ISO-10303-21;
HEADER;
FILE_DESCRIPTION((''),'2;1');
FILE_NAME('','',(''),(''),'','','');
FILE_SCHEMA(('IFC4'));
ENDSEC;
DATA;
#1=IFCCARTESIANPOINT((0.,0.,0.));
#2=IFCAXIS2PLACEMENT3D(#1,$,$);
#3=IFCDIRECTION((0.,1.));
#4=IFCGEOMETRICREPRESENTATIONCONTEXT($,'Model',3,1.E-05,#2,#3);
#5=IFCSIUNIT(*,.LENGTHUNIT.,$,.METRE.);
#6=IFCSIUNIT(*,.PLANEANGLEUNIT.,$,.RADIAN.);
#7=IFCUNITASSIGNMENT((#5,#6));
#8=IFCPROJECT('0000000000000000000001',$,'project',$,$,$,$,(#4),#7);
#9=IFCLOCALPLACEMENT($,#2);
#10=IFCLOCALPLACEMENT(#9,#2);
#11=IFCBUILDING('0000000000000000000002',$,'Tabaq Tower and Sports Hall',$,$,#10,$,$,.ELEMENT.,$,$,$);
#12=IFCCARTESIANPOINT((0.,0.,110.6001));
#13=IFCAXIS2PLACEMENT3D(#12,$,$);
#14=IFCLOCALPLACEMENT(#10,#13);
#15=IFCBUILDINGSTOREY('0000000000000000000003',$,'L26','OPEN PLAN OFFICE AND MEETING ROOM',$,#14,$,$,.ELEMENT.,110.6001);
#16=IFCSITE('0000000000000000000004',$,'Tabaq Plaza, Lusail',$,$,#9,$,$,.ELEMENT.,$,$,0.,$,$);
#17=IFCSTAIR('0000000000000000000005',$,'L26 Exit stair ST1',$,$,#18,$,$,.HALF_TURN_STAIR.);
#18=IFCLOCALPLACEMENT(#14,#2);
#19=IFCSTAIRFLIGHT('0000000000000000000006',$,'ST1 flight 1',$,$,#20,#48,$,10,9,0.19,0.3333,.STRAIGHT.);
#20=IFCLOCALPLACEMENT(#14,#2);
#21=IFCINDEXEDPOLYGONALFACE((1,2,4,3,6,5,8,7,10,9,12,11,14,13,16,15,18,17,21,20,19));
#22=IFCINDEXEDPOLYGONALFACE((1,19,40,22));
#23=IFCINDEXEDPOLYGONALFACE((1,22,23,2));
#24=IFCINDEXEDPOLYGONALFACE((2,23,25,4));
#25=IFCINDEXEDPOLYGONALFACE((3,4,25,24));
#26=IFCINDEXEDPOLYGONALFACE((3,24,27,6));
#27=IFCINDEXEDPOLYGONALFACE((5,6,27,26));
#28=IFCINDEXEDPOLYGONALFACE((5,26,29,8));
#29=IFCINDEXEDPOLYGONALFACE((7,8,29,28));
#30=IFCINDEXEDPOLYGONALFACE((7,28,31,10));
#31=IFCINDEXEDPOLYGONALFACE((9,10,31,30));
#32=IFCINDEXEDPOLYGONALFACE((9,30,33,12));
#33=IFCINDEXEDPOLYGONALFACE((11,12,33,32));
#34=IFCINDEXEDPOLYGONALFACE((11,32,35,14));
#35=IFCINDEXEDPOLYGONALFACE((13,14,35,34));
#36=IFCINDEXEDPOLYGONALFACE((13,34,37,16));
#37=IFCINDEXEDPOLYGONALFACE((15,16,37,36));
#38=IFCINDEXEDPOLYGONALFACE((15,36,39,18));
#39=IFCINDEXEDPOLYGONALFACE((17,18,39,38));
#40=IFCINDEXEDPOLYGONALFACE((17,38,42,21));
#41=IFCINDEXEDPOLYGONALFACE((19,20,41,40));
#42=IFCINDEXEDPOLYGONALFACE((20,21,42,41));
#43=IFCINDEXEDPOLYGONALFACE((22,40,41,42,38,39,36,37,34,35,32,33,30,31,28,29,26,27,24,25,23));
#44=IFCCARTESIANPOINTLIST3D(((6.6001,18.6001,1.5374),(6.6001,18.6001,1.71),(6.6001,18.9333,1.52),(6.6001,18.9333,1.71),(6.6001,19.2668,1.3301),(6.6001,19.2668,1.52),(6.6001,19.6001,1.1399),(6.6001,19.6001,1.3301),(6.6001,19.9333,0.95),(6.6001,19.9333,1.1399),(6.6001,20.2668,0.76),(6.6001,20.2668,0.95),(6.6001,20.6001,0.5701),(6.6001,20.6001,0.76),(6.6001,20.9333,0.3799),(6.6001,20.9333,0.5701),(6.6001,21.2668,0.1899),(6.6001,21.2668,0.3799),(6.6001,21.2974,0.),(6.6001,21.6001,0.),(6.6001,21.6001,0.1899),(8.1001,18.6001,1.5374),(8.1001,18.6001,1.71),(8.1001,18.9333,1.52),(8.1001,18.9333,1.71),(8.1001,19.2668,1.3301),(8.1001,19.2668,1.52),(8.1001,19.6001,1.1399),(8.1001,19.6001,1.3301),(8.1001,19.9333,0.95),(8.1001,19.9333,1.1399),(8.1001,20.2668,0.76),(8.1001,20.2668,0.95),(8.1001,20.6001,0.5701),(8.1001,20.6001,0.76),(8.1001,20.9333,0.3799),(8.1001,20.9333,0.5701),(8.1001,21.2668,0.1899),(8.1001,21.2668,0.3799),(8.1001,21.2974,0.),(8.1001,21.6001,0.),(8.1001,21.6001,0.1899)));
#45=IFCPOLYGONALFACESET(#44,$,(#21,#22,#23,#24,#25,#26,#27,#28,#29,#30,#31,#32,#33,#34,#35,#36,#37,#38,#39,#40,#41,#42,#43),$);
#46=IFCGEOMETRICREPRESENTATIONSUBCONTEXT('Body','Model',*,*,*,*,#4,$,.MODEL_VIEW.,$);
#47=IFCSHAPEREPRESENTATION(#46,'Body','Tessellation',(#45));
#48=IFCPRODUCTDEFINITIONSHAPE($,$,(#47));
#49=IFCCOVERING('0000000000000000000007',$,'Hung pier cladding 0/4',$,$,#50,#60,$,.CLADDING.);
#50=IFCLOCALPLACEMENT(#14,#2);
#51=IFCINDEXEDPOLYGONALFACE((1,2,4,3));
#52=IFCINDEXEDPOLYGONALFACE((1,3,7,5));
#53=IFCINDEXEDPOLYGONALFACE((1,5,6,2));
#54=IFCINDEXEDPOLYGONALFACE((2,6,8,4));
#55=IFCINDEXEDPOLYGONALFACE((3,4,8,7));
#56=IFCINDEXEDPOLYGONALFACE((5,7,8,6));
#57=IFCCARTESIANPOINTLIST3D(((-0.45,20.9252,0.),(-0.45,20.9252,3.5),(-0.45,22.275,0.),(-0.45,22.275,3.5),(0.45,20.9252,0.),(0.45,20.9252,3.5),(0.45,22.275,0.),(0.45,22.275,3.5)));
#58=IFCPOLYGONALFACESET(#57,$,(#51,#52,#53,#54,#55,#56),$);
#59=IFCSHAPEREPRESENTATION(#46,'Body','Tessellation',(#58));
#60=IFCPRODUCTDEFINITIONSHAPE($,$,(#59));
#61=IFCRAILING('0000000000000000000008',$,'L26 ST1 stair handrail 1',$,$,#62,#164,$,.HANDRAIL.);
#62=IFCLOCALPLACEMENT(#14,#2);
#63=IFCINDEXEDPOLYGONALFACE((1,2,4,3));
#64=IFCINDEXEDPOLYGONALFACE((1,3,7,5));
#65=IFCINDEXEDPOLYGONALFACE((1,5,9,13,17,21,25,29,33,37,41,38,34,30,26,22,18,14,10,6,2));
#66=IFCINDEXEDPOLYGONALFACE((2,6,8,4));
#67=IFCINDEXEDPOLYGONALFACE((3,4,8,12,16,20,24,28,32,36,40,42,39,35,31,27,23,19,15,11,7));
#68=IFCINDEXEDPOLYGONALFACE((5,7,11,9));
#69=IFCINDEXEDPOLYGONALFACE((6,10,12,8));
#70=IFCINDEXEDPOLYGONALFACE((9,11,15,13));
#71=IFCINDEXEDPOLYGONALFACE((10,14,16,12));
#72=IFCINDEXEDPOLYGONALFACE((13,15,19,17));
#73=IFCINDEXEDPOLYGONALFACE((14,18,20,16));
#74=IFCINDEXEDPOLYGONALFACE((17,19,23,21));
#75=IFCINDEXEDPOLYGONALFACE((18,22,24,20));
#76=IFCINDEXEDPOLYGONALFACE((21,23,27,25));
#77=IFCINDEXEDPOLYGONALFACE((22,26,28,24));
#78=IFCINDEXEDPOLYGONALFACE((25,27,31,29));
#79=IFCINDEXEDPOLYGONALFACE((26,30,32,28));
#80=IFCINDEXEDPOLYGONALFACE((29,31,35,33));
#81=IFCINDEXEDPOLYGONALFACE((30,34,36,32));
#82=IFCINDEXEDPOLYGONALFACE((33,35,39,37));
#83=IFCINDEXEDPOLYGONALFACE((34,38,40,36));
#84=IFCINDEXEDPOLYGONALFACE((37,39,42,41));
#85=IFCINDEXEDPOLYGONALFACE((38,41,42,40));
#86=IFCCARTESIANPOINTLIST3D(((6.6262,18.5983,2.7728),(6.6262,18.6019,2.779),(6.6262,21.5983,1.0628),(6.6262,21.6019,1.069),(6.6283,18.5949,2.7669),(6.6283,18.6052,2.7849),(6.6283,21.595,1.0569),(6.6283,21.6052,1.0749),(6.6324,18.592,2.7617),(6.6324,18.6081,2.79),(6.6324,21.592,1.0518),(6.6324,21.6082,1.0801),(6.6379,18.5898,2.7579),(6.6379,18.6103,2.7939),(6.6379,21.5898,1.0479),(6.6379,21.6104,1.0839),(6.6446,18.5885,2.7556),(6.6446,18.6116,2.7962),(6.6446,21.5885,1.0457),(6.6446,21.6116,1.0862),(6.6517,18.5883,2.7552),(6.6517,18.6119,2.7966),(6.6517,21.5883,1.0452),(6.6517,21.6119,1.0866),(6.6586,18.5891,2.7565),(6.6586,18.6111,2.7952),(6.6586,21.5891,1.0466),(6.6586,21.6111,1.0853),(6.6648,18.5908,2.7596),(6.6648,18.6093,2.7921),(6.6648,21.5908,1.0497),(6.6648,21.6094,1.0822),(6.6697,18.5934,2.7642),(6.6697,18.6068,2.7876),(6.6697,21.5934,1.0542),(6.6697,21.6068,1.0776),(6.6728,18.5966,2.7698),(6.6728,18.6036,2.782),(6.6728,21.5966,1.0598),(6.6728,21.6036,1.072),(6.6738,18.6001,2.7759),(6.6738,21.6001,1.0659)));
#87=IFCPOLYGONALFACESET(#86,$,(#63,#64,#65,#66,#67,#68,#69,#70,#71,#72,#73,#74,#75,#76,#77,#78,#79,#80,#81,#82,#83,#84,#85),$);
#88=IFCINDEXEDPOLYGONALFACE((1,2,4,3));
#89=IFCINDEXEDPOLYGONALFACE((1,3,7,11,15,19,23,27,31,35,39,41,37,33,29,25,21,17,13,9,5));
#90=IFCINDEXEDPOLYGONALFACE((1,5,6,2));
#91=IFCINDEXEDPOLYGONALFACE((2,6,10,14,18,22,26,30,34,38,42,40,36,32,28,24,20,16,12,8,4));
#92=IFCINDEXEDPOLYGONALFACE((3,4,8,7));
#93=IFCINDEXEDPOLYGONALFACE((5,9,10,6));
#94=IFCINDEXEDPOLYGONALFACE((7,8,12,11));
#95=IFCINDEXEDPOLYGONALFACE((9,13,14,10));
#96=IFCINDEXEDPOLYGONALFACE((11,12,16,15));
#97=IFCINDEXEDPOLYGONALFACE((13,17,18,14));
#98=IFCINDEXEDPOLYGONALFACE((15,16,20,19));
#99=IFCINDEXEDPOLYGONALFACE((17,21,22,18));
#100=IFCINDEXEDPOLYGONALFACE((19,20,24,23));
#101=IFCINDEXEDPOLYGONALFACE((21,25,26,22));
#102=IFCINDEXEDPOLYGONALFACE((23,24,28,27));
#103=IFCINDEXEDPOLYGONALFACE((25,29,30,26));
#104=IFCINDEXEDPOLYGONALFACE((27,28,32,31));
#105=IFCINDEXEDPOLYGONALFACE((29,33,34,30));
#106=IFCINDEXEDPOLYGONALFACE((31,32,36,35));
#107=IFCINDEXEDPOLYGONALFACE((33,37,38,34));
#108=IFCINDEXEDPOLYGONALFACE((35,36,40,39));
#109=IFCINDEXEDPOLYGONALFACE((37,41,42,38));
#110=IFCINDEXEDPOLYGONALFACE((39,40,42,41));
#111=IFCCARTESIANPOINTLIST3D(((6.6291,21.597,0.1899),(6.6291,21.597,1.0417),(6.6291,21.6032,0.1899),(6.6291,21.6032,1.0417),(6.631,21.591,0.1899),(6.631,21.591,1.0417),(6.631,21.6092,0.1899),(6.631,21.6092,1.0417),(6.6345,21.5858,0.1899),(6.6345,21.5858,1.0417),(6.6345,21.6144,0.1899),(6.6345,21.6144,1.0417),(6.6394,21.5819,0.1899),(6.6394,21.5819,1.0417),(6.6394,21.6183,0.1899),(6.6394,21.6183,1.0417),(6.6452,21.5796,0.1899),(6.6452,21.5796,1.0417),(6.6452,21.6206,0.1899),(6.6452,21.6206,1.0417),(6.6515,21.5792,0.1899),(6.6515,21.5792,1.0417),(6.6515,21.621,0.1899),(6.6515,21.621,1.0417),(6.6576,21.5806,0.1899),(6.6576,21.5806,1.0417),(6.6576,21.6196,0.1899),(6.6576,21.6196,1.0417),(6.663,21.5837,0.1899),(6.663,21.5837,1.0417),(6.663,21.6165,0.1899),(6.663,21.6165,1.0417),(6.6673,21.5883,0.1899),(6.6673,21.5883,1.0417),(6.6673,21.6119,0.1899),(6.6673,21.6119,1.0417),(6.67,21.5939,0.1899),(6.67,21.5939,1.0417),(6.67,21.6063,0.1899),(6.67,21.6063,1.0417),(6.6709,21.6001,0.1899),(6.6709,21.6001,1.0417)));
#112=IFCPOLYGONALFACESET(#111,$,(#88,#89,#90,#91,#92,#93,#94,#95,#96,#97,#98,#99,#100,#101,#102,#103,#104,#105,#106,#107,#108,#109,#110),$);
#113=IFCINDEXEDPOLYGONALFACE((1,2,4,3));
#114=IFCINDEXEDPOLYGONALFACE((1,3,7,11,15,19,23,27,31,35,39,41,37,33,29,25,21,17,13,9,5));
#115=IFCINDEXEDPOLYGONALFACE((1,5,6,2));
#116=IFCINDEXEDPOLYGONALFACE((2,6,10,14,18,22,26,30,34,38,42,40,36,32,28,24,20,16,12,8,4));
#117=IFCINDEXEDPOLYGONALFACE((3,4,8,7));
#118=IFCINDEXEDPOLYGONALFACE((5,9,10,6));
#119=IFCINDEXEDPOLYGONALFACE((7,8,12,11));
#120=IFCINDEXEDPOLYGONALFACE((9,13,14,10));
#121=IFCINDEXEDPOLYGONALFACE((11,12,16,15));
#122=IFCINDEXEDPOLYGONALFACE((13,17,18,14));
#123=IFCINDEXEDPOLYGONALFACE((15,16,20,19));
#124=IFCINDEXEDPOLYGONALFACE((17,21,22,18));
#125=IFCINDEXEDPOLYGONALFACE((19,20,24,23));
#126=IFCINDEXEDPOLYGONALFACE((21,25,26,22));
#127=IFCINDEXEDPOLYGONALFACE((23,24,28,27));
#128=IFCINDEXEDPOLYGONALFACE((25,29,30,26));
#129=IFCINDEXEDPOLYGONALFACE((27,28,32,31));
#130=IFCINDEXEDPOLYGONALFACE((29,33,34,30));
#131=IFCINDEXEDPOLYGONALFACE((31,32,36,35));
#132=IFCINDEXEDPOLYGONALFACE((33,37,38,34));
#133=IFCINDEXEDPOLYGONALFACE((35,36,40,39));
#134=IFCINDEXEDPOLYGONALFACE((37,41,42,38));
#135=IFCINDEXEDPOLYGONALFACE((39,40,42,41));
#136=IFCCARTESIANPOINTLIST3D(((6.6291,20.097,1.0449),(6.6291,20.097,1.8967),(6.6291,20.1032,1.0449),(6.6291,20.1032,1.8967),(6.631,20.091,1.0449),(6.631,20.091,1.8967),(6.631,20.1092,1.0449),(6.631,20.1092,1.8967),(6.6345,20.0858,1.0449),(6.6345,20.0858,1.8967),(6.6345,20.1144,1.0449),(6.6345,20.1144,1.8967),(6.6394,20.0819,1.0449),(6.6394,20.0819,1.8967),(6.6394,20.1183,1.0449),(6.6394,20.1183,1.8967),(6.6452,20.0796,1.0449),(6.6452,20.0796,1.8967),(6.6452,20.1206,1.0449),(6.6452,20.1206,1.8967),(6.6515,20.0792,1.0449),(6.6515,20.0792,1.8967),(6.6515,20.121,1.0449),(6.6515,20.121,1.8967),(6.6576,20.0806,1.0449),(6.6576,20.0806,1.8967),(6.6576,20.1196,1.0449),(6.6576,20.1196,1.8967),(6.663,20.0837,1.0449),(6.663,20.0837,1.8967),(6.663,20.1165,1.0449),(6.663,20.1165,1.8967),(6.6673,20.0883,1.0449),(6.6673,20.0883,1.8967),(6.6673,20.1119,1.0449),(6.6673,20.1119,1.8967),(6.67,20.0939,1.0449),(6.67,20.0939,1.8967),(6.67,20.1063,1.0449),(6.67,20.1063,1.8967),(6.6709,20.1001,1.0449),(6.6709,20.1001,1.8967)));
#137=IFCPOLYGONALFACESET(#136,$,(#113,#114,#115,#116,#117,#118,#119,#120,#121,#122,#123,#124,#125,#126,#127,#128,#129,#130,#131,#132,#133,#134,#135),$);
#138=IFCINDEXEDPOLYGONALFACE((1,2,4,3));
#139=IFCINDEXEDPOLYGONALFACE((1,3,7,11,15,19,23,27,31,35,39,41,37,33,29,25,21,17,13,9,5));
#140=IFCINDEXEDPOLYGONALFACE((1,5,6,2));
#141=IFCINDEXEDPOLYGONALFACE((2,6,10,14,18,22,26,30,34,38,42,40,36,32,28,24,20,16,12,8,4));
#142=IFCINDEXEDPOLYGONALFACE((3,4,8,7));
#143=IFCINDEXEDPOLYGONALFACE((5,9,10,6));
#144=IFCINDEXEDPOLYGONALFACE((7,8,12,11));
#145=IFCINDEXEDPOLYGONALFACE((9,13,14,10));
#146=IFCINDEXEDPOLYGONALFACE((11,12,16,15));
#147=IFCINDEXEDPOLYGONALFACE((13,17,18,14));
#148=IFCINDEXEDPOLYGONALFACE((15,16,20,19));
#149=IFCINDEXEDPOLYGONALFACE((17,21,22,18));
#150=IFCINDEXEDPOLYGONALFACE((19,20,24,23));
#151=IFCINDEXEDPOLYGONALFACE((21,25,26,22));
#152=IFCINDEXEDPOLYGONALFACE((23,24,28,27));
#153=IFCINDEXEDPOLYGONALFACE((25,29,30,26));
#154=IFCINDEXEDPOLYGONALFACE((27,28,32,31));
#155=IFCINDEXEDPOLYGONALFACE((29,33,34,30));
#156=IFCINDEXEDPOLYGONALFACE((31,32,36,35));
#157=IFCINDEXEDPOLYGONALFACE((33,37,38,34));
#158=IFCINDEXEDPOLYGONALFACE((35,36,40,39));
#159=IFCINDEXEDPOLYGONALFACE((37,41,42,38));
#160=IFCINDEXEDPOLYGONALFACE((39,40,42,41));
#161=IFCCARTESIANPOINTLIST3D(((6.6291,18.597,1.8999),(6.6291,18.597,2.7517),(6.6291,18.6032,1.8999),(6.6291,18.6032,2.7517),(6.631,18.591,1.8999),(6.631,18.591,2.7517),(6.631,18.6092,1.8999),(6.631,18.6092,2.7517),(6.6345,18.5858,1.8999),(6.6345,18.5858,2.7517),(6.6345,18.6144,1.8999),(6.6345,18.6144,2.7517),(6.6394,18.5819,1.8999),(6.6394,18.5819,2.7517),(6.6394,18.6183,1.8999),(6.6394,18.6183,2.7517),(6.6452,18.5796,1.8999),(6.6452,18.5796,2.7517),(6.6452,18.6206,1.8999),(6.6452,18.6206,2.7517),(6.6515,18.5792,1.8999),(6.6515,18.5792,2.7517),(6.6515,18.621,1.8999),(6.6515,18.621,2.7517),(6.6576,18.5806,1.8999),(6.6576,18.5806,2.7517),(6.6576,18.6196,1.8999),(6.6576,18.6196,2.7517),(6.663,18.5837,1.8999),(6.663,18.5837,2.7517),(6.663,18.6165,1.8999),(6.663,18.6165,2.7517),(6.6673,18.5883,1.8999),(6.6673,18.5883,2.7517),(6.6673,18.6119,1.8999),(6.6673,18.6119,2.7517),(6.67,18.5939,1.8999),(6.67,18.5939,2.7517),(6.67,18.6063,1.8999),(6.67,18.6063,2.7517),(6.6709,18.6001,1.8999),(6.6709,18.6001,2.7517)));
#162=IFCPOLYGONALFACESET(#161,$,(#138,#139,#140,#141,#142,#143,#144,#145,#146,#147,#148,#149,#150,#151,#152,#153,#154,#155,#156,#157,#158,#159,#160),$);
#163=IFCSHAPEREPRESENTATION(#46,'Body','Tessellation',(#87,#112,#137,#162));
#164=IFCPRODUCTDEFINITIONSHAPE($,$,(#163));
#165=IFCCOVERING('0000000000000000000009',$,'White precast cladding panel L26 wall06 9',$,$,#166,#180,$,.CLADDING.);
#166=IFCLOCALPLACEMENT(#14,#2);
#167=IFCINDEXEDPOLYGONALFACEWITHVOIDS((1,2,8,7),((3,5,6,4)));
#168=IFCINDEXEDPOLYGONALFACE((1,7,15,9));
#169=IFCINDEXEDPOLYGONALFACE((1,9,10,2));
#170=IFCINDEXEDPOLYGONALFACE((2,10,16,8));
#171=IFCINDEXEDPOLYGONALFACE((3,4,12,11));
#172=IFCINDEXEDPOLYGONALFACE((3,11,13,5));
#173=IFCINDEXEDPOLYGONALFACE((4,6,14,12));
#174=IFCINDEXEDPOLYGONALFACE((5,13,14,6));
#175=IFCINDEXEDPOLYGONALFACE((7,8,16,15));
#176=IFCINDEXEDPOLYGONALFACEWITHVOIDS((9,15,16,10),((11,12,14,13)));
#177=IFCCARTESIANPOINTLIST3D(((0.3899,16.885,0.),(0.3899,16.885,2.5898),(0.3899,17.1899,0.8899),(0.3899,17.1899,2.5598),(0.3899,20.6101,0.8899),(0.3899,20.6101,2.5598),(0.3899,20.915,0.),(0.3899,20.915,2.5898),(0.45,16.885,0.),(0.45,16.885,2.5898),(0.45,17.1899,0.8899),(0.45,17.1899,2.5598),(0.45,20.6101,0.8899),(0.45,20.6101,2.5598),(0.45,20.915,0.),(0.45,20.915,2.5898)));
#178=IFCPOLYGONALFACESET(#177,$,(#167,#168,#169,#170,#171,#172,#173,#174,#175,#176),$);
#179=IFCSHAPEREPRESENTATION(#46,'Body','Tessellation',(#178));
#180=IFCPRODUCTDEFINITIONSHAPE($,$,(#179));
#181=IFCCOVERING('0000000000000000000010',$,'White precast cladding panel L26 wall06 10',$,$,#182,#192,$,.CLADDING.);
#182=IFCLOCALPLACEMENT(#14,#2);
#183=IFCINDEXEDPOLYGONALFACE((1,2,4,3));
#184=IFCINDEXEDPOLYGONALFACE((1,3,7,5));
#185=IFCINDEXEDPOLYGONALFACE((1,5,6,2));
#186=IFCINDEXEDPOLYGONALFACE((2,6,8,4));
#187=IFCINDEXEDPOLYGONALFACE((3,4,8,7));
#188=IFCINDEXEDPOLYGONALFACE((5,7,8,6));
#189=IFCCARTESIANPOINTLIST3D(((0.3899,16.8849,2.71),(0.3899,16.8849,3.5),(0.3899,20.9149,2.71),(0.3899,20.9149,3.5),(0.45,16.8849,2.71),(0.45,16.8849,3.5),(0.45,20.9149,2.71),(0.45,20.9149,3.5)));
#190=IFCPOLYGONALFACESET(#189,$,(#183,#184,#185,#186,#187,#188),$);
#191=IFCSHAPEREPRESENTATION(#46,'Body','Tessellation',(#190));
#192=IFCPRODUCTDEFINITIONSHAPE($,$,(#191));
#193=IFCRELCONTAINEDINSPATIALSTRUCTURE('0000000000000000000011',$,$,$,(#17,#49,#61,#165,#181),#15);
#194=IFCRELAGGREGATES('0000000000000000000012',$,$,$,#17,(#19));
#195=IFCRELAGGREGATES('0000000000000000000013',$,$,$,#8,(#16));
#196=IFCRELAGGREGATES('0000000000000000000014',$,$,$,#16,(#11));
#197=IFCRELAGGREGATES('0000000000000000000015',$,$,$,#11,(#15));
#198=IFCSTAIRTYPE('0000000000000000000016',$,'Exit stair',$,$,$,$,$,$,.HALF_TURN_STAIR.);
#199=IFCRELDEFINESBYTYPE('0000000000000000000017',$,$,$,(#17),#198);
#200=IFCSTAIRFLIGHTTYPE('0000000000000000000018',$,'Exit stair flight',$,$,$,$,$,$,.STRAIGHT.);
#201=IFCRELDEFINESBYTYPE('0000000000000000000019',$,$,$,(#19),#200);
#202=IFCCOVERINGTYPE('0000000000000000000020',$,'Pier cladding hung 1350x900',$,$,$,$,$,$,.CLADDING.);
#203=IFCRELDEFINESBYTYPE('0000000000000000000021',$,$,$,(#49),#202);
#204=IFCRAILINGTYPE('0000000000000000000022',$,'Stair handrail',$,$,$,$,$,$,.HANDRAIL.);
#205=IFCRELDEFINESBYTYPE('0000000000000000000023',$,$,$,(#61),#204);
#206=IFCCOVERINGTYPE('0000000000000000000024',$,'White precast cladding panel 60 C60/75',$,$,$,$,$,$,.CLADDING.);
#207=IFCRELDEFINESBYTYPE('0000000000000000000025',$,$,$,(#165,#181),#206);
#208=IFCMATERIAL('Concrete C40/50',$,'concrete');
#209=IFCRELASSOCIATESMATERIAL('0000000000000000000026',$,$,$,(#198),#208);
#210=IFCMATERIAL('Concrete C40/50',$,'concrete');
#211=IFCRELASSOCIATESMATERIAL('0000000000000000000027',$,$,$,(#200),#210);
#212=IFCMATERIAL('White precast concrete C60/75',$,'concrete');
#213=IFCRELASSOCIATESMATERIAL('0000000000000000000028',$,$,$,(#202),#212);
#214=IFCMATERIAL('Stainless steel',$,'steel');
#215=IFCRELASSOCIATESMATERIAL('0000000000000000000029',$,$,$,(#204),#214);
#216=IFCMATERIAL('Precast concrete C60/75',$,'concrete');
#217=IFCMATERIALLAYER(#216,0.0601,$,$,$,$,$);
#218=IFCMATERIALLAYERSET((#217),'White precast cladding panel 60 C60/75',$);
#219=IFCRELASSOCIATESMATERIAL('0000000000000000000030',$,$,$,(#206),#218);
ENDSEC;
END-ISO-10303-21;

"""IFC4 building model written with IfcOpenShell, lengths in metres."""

from ifc_helpers import new_model, si_unit, direction, frame, frame_2d, origin, origin_2d, place, context, subcontext, project, spatial, polyline, rectangle, circle, outline, extrude, material, layer, layer_set, type_object, element, aggregate, save


model = new_model("IFC4")

# Units and contexts
model_context = context("Model", 3, precision=1e-05, world=origin(), true_north=direction((0.0, 1.0)))
body_context = subcontext(model_context, "Body", "Model", "MODEL_VIEW")
ifc_project = project(units=[si_unit("LENGTHUNIT", "METRE"), si_unit("PLANEANGLEUNIT", "RADIAN")], contexts=[model_context])

# Site, building, storey
site_placement = place(None, origin())
site = spatial("IfcSite", under=ifc_project, at=site_placement, Name="Tabaq Plaza, Lusail", CompositionType="ELEMENT", RefElevation=0.0)
building_placement = place(site_placement, origin())
building = spatial("IfcBuilding", under=site, at=building_placement, Name="Tabaq Tower and Sports Hall", CompositionType="ELEMENT")
storey_placement = place(building_placement, frame((0.0, 0.0, 110.6001)))
storey = spatial("IfcBuildingStorey", under=building, at=storey_placement, Name="L26", Description="OPEN PLAN OFFICE AND MEETING ROOM", CompositionType="ELEMENT", Elevation=110.6001)

# Stair, stair flight
ifc_material_1 = material(Name="Concrete C40/50", Category="concrete")
stair_type = type_object("IfcStairType", Name="Exit stair", PredefinedType="HALF_TURN_STAIR", material=ifc_material_1)
stair_placement = place(storey_placement, origin())
stair = element("IfcStair", 1, at=stair_placement, inside=storey, type_object=stair_type, Name="L26 Exit stair ST1", PredefinedType="HALF_TURN_STAIR")
ifc_material_2 = material(Name="Concrete C40/50", Category="concrete")
stair_flight_type = type_object("IfcStairFlightType", Name="Exit stair flight", PredefinedType="STRAIGHT", material=ifc_material_2)
stair_flight_placement = place(storey_placement, frame((7.3501, 21.6001, 0.0), z_axis=(0.0, 0.0, 1.0), x_axis=(0.0, -1.0, 0.0)))
stair_flight = element("IfcStairFlight", 2, at=stair_flight_placement, type_object=stair_flight_type, Name="ST1 flight 1", NumberOfRisers=10, NumberOfTreads=9, PredefinedType="STRAIGHT", RiserHeight=0.19, TreadLength=0.3333, context=body_context, shape_type="SweptSolid", body=[
    extrude(outline(polyline([(0.0, 0.0), (0.0, 0.1899), (0.3333, 0.1899), (0.3333, 0.3799), (0.6667, 0.3799), (0.6667, 0.5701), (1.0, 0.5701), (1.0, 0.76), (1.3333, 0.76), (1.3333, 0.95), (1.6667, 0.95), (1.6667, 1.1399), (2.0, 1.1399), (2.0, 1.3301), (2.3333, 1.3301), (2.3333, 1.52), (2.6667, 1.52), (2.6667, 1.71), (3.0, 1.71), (3.0, 1.8999), (3.0, 1.5374), (0.3027, 0.0), (0.0, 0.0)])), frame((0.0, 0.75, 0.0), z_axis=(0.0, -1.0, 0.0), x_axis=(1.0, 0.0, 0.0)), (0.0, 0.0, 1.0), 1.5),
])
aggregate(stair, [stair_flight])

# Covering
ifc_material_3 = material(Name="White precast concrete C60/75", Category="concrete")
covering_type_1 = type_object("IfcCoveringType", Name="Pier cladding hung 1350x900", PredefinedType="CLADDING", material=ifc_material_3)
covering_1_placement = place(storey_placement, frame((0.0, 22.2749, 0.0), z_axis=(0.0, 0.0, 1.0), x_axis=(0.0, -1.0, 0.0)))
element("IfcCovering", 3, at=covering_1_placement, inside=storey, type_object=covering_type_1, Name="Hung pier cladding 0/4", PredefinedType="CLADDING", context=body_context, shape_type="SweptSolid", body=[
    extrude(rectangle(XDim=1.3499, YDim=0.8999, at=frame_2d((0.6748, 0.0))), origin(), (0.0, 0.0, 1.0), 3.5),
])

# Railing
ifc_material_4 = material(Name="Stainless steel", Category="steel")
railing_type_1 = type_object("IfcRailingType", Name="Stair handrail", PredefinedType="HANDRAIL", material=ifc_material_4)
railing_1_placement = place(storey_placement, frame((6.6499, 21.6001, 0.1899)))
element("IfcRailing", 4, at=railing_1_placement, inside=storey, type_object=railing_type_1, Name="L26 ST1 stair handrail 1", PredefinedType="HANDRAIL", context=body_context, shape_type="SweptSolid", body=[
    extrude(circle(Radius=0.0239, at=origin_2d()), frame((0.0, 0.0, 0.876), z_axis=(0.0, -0.868782, 0.495195), x_axis=(1.0, 0.0, 0.0)), (0.0, 0.0, 1.0), 3.4531),
    extrude(circle(Radius=0.021, at=origin_2d()), origin(), (0.0, 0.0, 1.0), 0.8518),
    extrude(circle(Radius=0.021, at=origin_2d()), frame((0.0, -1.5, 0.855)), (0.0, 0.0, 1.0), 0.8518),
    extrude(circle(Radius=0.021, at=origin_2d()), frame((0.0, -3.0, 1.71)), (0.0, 0.0, 1.0), 0.8518),
])

# Coverings
ifc_material_5 = material(Name="Precast concrete C60/75", Category="concrete")
ifc_layer_1 = layer(ifc_material_5, 0.0601)
ifc_layer_set_1 = layer_set([ifc_layer_1], Name="White precast cladding panel 60 C60/75")
covering_type_2 = type_object("IfcCoveringType", Name="White precast cladding panel 60 C60/75", PredefinedType="CLADDING", material=ifc_layer_set_1)
covering_2_placement = place(storey_placement, frame((0.4199, 20.915, 0.0), z_axis=(0.0, 0.0, 1.0), x_axis=(0.0, -1.0, 0.0)))
element("IfcCovering", 5, at=covering_2_placement, inside=storey, type_object=covering_type_2, Name="White precast cladding panel L26 wall06 9", PredefinedType="CLADDING", context=body_context, shape_type="SweptSolid", body=[
    extrude(outline(polyline([(0.0, 0.0), (4.03, 0.0), (4.03, 2.5898), (0.0, 2.5898), (0.0, 0.0)]), holes=[polyline([(3.7251, 0.8899), (0.3049, 0.8899), (0.3049, 2.5598), (3.7251, 2.5598), (3.7251, 0.8899)])]), frame((0.0, 0.03, 0.0), z_axis=(0.0, -1.0, 0.0), x_axis=(1.0, 0.0, 0.0)), (0.0, 0.0, 1.0), 0.0601),
])
covering_3_placement = place(storey_placement, frame((0.4199, 20.915, 2.71), z_axis=(0.0, 0.0, 1.0), x_axis=(0.0, -1.0, 0.0)))
element("IfcCovering", 6, at=covering_3_placement, inside=storey, type_object=covering_type_2, Name="White precast cladding panel L26 wall06 10", PredefinedType="CLADDING", context=body_context, shape_type="SweptSolid", body=[
    extrude(rectangle(XDim=4.03, YDim=0.0601, at=frame_2d((2.0151, 0.0))), origin(), (0.0, 0.0, 1.0), 0.79),
])

save(model, "model.ifc")
